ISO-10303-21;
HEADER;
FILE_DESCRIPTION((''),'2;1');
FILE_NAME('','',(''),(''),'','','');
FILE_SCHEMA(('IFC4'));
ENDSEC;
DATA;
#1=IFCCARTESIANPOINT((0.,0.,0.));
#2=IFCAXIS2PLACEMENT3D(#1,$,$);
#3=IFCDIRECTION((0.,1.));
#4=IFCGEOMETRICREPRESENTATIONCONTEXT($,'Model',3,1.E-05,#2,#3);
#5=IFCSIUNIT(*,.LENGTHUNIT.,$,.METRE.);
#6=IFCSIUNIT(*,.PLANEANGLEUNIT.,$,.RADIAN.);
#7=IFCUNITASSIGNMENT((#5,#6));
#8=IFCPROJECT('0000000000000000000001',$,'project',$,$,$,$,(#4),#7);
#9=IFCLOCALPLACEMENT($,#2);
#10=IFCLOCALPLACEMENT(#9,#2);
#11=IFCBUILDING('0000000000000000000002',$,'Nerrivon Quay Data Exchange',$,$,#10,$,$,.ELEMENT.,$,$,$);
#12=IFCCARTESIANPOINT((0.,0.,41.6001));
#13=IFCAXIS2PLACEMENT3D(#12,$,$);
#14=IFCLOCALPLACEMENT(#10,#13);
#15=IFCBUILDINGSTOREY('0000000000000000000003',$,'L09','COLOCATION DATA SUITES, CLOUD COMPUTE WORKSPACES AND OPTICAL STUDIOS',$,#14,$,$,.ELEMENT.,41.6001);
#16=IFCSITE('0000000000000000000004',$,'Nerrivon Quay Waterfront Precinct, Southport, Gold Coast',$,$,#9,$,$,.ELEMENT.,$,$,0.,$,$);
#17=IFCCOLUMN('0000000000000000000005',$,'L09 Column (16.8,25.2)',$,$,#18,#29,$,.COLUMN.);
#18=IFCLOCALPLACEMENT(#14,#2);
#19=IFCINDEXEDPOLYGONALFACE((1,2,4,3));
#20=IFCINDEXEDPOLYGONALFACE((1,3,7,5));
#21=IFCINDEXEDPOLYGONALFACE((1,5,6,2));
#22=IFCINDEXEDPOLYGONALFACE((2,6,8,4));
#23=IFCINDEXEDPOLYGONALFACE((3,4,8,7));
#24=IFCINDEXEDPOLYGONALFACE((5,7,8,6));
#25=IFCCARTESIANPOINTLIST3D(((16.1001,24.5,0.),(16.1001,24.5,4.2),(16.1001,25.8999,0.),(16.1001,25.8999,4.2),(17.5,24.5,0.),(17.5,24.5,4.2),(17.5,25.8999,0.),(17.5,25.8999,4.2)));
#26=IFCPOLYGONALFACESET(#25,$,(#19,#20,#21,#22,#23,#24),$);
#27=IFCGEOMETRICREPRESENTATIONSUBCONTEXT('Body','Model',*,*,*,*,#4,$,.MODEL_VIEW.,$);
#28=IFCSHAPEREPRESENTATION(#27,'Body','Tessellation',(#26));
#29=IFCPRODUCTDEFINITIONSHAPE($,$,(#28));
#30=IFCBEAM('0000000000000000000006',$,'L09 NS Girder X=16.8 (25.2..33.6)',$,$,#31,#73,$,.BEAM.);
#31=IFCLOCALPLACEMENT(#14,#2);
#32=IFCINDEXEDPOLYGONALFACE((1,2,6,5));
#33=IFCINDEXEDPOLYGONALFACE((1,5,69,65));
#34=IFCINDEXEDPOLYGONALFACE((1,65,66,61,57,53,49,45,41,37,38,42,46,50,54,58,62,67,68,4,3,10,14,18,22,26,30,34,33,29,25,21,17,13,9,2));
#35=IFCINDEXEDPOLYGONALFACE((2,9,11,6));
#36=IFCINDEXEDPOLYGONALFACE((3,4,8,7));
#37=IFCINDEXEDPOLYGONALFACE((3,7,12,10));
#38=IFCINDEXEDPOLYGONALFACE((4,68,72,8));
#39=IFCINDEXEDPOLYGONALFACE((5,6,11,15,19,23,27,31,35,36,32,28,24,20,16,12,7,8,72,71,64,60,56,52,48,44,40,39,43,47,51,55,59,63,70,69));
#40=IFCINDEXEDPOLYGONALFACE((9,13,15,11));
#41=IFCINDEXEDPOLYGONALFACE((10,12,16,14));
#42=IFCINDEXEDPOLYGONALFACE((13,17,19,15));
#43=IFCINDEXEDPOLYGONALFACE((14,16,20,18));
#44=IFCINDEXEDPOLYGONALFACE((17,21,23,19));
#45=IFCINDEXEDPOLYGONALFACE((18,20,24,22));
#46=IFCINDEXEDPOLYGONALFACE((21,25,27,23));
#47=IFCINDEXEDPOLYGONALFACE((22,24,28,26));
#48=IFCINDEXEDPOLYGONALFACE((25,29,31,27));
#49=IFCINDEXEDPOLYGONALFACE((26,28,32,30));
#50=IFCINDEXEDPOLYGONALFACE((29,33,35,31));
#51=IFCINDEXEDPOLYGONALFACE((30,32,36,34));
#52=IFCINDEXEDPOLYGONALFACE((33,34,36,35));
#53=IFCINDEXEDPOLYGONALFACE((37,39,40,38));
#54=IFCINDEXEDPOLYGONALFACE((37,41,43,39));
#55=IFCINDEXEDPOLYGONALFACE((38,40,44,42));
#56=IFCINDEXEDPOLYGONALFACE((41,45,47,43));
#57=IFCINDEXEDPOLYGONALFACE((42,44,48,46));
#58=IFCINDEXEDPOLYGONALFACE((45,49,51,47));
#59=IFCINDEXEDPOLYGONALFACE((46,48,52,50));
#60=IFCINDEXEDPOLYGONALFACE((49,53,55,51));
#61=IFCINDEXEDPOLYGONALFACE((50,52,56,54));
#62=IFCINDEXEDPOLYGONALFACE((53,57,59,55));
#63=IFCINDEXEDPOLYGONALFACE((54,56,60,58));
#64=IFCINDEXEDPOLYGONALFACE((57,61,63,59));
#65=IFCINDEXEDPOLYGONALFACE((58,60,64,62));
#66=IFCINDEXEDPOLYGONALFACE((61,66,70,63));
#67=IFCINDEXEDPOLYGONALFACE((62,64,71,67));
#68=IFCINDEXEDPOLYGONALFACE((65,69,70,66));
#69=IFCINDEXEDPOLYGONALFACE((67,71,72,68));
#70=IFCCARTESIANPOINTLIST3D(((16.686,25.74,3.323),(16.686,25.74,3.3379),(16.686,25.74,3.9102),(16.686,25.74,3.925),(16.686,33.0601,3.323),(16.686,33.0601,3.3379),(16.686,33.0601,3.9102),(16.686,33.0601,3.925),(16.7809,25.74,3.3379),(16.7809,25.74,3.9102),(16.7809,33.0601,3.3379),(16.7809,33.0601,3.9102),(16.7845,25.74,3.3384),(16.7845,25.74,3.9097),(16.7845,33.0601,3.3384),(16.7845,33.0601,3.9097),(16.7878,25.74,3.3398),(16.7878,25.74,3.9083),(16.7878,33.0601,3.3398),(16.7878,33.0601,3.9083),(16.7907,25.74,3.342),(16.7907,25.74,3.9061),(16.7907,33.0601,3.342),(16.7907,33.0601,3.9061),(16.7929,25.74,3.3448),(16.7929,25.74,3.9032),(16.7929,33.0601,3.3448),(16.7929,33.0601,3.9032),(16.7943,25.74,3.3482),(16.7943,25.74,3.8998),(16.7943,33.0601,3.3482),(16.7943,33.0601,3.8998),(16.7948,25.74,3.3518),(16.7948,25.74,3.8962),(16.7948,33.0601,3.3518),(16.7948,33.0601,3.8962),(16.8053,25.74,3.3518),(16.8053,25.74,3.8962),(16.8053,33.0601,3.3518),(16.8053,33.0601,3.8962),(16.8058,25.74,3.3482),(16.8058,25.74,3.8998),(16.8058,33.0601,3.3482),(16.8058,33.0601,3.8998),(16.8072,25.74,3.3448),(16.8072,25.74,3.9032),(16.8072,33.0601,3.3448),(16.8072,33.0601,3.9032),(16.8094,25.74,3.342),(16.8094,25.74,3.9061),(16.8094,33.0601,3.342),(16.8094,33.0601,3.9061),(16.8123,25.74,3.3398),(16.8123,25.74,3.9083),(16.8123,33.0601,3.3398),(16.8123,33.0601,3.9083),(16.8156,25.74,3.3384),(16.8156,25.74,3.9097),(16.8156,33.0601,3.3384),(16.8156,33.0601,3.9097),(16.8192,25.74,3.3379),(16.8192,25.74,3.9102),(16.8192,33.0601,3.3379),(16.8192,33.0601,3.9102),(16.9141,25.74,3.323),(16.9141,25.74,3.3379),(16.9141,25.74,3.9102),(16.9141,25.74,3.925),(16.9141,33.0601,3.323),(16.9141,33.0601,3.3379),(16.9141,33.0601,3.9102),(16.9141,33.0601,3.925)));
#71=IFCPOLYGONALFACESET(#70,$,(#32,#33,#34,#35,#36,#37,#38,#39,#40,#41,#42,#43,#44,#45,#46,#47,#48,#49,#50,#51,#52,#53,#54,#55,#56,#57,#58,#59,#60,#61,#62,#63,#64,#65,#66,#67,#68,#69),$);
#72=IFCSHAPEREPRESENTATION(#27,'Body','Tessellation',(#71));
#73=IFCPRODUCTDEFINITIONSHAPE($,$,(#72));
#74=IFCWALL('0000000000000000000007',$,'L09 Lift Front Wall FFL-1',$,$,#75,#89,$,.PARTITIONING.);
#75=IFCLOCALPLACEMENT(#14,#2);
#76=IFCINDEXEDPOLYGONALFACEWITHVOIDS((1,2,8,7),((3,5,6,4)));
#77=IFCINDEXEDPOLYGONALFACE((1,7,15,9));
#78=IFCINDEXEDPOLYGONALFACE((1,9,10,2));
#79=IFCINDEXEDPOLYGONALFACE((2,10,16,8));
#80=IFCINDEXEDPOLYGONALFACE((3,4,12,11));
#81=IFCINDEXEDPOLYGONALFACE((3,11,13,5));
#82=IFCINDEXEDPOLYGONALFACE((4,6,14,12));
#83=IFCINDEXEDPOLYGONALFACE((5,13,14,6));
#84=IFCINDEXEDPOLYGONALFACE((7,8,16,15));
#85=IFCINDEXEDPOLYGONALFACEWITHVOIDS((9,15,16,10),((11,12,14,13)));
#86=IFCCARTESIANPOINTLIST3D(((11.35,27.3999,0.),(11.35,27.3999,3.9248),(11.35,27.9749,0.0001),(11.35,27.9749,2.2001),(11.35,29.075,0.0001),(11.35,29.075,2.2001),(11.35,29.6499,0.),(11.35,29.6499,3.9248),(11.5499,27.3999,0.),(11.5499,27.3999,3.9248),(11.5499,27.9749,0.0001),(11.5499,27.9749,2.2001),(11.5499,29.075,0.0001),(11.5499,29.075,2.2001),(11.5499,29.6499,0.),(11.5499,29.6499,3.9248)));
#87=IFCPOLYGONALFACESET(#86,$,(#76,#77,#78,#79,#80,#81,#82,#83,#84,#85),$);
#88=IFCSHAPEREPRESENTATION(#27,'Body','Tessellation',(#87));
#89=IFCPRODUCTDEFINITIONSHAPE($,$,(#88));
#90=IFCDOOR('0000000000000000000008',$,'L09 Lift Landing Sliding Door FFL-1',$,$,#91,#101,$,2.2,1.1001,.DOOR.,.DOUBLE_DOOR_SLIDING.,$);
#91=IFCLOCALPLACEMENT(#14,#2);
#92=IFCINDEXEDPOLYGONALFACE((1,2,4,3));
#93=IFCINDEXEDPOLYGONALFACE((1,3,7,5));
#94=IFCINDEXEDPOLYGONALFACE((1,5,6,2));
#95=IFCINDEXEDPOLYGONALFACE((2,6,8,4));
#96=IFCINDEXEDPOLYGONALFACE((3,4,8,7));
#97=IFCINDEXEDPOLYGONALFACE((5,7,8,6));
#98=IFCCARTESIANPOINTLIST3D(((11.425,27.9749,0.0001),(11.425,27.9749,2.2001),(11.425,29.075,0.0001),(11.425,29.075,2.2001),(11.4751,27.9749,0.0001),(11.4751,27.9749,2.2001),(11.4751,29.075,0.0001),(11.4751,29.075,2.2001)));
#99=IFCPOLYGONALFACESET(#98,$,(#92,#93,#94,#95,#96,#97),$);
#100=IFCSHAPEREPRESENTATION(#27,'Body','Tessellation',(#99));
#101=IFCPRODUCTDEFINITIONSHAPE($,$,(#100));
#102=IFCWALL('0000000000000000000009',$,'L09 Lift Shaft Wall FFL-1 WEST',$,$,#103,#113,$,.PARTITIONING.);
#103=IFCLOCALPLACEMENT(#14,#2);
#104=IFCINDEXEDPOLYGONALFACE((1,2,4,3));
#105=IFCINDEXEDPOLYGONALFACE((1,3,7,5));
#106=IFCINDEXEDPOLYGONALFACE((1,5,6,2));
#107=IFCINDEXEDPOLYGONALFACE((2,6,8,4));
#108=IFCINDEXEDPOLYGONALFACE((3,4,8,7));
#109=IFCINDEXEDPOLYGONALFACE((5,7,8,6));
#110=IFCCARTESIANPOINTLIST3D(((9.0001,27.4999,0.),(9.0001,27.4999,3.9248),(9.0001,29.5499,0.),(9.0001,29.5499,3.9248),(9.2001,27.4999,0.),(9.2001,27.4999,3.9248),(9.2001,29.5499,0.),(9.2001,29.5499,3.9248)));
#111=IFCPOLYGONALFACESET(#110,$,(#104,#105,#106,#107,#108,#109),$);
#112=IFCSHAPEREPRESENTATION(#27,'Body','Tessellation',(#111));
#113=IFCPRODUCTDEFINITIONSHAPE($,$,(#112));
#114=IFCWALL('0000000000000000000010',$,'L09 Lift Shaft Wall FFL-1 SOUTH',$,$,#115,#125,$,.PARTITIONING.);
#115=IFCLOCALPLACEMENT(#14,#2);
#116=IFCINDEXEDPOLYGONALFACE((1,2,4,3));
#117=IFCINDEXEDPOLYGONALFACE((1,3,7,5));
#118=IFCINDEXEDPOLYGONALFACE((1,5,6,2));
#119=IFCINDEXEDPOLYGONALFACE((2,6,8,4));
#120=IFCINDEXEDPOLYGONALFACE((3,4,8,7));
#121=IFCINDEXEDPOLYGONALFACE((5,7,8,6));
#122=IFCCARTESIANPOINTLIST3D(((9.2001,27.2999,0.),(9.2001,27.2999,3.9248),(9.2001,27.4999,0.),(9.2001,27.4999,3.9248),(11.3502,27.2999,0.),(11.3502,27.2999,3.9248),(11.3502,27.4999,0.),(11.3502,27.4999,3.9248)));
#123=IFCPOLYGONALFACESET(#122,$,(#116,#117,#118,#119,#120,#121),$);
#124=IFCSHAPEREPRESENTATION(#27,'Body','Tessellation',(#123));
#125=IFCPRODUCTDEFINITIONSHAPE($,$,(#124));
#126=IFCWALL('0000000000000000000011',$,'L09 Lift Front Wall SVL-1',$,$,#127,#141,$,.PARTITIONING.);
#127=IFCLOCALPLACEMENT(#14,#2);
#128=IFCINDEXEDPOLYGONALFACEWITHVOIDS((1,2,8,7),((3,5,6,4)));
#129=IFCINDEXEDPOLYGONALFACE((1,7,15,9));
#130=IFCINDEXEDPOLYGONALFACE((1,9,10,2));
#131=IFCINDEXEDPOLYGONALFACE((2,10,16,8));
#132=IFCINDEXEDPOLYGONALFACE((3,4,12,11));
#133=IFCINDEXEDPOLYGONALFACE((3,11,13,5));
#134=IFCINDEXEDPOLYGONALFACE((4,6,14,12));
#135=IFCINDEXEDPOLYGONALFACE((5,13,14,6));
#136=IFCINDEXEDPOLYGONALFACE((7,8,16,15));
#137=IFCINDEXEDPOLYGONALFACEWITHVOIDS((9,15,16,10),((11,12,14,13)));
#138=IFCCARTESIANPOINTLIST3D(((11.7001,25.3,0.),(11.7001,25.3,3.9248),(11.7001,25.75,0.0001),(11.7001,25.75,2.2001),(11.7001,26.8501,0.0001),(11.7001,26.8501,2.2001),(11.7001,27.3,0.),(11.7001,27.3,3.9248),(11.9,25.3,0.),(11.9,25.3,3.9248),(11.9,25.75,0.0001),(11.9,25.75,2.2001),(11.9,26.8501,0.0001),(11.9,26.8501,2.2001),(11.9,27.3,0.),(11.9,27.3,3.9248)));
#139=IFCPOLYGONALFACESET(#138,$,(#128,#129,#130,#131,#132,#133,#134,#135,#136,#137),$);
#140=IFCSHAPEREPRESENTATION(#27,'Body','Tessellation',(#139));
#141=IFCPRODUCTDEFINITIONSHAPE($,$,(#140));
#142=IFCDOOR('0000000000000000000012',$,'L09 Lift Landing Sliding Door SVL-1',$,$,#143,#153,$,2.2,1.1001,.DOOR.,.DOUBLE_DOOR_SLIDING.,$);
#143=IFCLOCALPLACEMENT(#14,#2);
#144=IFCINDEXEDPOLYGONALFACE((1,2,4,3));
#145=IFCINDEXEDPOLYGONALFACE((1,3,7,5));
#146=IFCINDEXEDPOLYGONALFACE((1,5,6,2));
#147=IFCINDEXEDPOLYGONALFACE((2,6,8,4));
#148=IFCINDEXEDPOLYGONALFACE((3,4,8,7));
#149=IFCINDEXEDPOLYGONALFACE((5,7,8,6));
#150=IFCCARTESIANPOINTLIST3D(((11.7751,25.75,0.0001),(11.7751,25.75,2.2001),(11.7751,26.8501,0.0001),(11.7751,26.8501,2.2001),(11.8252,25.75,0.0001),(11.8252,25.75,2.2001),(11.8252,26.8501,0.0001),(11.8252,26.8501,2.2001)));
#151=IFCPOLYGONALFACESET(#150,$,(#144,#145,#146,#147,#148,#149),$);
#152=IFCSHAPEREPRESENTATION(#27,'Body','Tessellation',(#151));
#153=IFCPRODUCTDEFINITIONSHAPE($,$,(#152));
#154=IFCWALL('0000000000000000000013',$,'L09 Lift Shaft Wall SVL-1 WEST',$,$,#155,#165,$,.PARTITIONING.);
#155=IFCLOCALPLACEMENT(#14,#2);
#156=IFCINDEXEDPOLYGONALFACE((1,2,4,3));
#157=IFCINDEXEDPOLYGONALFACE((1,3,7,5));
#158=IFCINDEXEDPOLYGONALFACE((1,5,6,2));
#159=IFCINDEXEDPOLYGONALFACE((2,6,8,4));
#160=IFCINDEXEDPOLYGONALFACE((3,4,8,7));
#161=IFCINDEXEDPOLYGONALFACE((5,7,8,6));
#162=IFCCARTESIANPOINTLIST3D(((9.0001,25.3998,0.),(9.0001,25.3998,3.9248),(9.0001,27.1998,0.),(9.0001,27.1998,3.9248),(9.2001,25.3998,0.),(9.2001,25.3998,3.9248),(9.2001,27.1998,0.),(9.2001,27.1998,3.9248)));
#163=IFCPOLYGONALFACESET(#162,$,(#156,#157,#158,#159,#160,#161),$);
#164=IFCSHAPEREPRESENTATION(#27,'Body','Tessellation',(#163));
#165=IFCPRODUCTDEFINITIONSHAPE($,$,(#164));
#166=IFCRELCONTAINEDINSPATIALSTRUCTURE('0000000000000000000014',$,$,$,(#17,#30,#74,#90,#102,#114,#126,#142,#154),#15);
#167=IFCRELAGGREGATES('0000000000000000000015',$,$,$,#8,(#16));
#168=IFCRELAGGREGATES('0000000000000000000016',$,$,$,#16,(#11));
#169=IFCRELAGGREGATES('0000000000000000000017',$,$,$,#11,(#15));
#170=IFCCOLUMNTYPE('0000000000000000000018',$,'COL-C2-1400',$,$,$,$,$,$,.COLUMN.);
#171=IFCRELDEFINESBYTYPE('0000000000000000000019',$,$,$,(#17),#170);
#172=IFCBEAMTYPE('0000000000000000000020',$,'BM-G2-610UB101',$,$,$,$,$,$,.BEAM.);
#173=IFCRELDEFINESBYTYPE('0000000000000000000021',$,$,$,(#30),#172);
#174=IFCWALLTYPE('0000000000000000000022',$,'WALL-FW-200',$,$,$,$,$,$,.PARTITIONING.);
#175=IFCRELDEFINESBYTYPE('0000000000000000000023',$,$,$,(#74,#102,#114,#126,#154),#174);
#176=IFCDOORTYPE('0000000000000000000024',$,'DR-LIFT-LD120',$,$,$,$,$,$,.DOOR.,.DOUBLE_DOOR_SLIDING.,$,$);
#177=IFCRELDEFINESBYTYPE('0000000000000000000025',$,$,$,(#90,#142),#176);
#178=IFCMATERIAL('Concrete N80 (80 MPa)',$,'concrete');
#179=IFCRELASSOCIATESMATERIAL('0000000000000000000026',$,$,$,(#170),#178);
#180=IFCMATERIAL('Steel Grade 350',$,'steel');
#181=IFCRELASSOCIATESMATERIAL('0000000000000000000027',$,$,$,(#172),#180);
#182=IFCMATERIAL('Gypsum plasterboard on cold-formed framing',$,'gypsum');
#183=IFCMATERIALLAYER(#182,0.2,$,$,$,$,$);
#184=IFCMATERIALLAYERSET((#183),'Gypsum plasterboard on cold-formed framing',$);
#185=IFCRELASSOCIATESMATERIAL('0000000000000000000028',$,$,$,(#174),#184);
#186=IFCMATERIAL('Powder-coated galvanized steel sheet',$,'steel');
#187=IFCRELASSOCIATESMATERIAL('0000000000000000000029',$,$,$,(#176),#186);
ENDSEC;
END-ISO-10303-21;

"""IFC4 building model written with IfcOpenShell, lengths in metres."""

from ifc_helpers import new_model, si_unit, direction, frame, frame_2d, origin, origin_2d, place, context, subcontext, project, spatial, rectangle, i_section, extrude, material, layer, layer_set, material_profile, profile_set, type_object, element, fill, save


model = new_model("IFC4")

# Units and contexts
model_context = context("Model", 3, precision=1e-05, world=origin(), true_north=direction((0.0, 1.0)))
body_context = subcontext(model_context, "Body", "Model", "MODEL_VIEW")
ifc_project = project(units=[si_unit("LENGTHUNIT", "METRE"), si_unit("PLANEANGLEUNIT", "RADIAN")], contexts=[model_context])

# Site, building, storey
site_placement = place(None, origin())
site = spatial("IfcSite", under=ifc_project, at=site_placement, Name="Nerrivon Quay Waterfront Precinct, Southport, Gold Coast", CompositionType="ELEMENT", RefElevation=0.0)
building_placement = place(site_placement, origin())
building = spatial("IfcBuilding", under=site, at=building_placement, Name="Nerrivon Quay Data Exchange", CompositionType="ELEMENT")
storey_placement = place(building_placement, frame((0.0, 0.0, 41.6001)))
storey = spatial("IfcBuildingStorey", under=building, at=storey_placement, Name="L09", Description="COLOCATION DATA SUITES, CLOUD COMPUTE WORKSPACES AND OPTICAL STUDIOS", CompositionType="ELEMENT", Elevation=41.6001)

# Column
ifc_material_1 = material(Name="Concrete N80 (80 MPa)", Category="concrete")
ifc_material_profile_1 = material_profile(ifc_material_1, rectangle(XDim=1.3999, YDim=1.3999, at=origin_2d()), Name="RC-COL-1400x1400")
ifc_profile_set_1 = profile_set([ifc_material_profile_1], Name="Concrete N80 (80 MPa)")
column_type = type_object("IfcColumnType", Name="COL-C2-1400", PredefinedType="COLUMN", material=ifc_profile_set_1)
column_placement = place(storey_placement, frame((16.8, 25.2, 0.0), z_axis=(0.0, 0.0, 1.0), x_axis=(1.0, 0.0, 0.0)))
element("IfcColumn", 1, at=column_placement, inside=storey, type_object=column_type, Name="L09 Column (16.8,25.2)", PredefinedType="COLUMN", context=body_context, shape_type="SweptSolid", body=[
    extrude(rectangle(XDim=1.3999, YDim=1.3999, at=origin_2d()), origin(), (0.0, 0.0, 1.0), 4.2),
])

# Beam
ifc_material_2 = material(Name="Steel Grade 350", Category="steel")
ifc_material_profile_2 = material_profile(ifc_material_2, i_section(OverallWidth=0.228, OverallDepth=0.6021, WebThickness=0.0105, FlangeThickness=0.0149, FilletRadius=0.0139, at=origin_2d()), Name="610UB101")
ifc_profile_set_2 = profile_set([ifc_material_profile_2], Name="Steel Grade 350")
beam_type = type_object("IfcBeamType", Name="BM-G2-610UB101", PredefinedType="BEAM", material=ifc_profile_set_2)
beam_placement = place(storey_placement, frame((16.8, 25.74, 3.624), z_axis=(0.0, 1.0, 0.0), x_axis=(-1.0, 0.0, 0.0)))
element("IfcBeam", 2, at=beam_placement, inside=storey, type_object=beam_type, Name="L09 NS Girder X=16.8 (25.2..33.6)", PredefinedType="BEAM", context=body_context, shape_type="SweptSolid", body=[
    extrude(i_section(OverallWidth=0.228, OverallDepth=0.6021, WebThickness=0.0105, FlangeThickness=0.0149, FilletRadius=0.0139, at=origin_2d()), origin(), (0.0, 0.0, 1.0), 7.3201),
])

# Wall, opening, door
ifc_material_3 = material(Name="Powder-coated galvanized steel sheet", Category="steel")
ifc_material_4 = material(Name="Gypsum plasterboard on cold-formed framing", Category="gypsum")
ifc_layer_1 = layer(ifc_material_4, 0.2)
ifc_layer_set_1 = layer_set([ifc_layer_1], Name="Gypsum plasterboard on cold-formed framing")
wall_type_1 = type_object("IfcWallType", Name="WALL-FW-200", PredefinedType="PARTITIONING", material=ifc_layer_set_1)
wall_1_placement = place(storey_placement, frame((11.45, 27.3999, 0.0), z_axis=(0.0, 0.0, 1.0), x_axis=(0.0, 1.0, 0.0)))
wall_1 = element("IfcWall", 3, at=wall_1_placement, inside=storey, type_object=wall_type_1, Name="L09 Lift Front Wall FFL-1", PredefinedType="PARTITIONING", context=body_context, shape_type="SweptSolid", body=[
    extrude(rectangle(XDim=2.25, YDim=0.2, at=frame_2d((1.125, 0.0))), origin(), (0.0, 0.0, 1.0), 3.9248),
])
opening_1_placement = place(wall_1_placement, frame((0.575, 0.0, 0.0)))
opening_1 = element("IfcOpeningElement", 4, at=opening_1_placement, cuts=wall_1, PredefinedType="OPENING", context=body_context, shape_type="SweptSolid", body=[
    extrude(rectangle(XDim=1.1001, YDim=2.2, at=frame_2d((0.55, 1.1001))), frame((0.0, 0.1099, 0.0), z_axis=(0.0, -1.0, 0.0), x_axis=(1.0, 0.0, 0.0)), (0.0, 0.0, 1.0), 0.22),
])
door_type_1 = type_object("IfcDoorType", Name="DR-LIFT-LD120", OperationType="DOUBLE_DOOR_SLIDING", PredefinedType="DOOR", material=ifc_material_3)
door_1_placement = place(opening_1_placement, origin())
door_1 = element("IfcDoor", 5, at=door_1_placement, inside=storey, type_object=door_type_1, Name="L09 Lift Landing Sliding Door FFL-1", OperationType="DOUBLE_DOOR_SLIDING", OverallHeight=2.2, OverallWidth=1.1001, PredefinedType="DOOR", context=body_context, shape_type="SweptSolid", body=[
    extrude(rectangle(XDim=1.1001, YDim=2.2, at=frame_2d((0.55, 1.1001))), frame((0.0, 0.0249, 0.0), z_axis=(0.0, -1.0, 0.0), x_axis=(1.0, 0.0, 0.0)), (0.0, 0.0, 1.0), 0.05),
])
fill(opening_1, door_1)

# Walls
wall_2_placement = place(storey_placement, frame((9.1001, 27.5, 0.0), z_axis=(0.0, 0.0, 1.0), x_axis=(0.0, 1.0, 0.0)))
element("IfcWall", 6, at=wall_2_placement, inside=storey, type_object=wall_type_1, Name="L09 Lift Shaft Wall FFL-1 WEST", PredefinedType="PARTITIONING", context=body_context, shape_type="SweptSolid", body=[
    extrude(rectangle(XDim=2.05, YDim=0.2, at=frame_2d((1.0249, 0.0))), origin(), (0.0, 0.0, 1.0), 3.9248),
])
wall_3_placement = place(storey_placement, frame((9.2, 27.3999, 0.0), z_axis=(0.0, 0.0, 1.0), x_axis=(1.0, 0.0, 0.0)))
element("IfcWall", 7, at=wall_3_placement, inside=storey, type_object=wall_type_1, Name="L09 Lift Shaft Wall FFL-1 SOUTH", PredefinedType="PARTITIONING", context=body_context, shape_type="SweptSolid", body=[
    extrude(rectangle(XDim=2.1501, YDim=0.2, at=frame_2d((1.0752, 0.0))), origin(), (0.0, 0.0, 1.0), 3.9248),
])

# Wall, opening, door
wall_4_placement = place(storey_placement, frame((11.8, 25.3, 0.0), z_axis=(0.0, 0.0, 1.0), x_axis=(0.0, 1.0, 0.0)))
wall_4 = element("IfcWall", 8, at=wall_4_placement, inside=storey, type_object=wall_type_1, Name="L09 Lift Front Wall SVL-1", PredefinedType="PARTITIONING", context=body_context, shape_type="SweptSolid", body=[
    extrude(rectangle(XDim=2.0, YDim=0.2, at=frame_2d((1.0, 0.0))), origin(), (0.0, 0.0, 1.0), 3.9248),
])
opening_2_placement = place(wall_4_placement, frame((0.45, 0.0, 0.0)))
opening_2 = element("IfcOpeningElement", 9, at=opening_2_placement, cuts=wall_4, PredefinedType="OPENING", context=body_context, shape_type="SweptSolid", body=[
    extrude(rectangle(XDim=1.1001, YDim=2.2, at=frame_2d((0.55, 1.1001))), frame((0.0, 0.1099, 0.0), z_axis=(0.0, -1.0, 0.0), x_axis=(1.0, 0.0, 0.0)), (0.0, 0.0, 1.0), 0.22),
])
door_2_placement = place(opening_2_placement, origin())
door_2 = element("IfcDoor", 10, at=door_2_placement, inside=storey, type_object=door_type_1, Name="L09 Lift Landing Sliding Door SVL-1", OperationType="DOUBLE_DOOR_SLIDING", OverallHeight=2.2, OverallWidth=1.1001, PredefinedType="DOOR", context=body_context, shape_type="SweptSolid", body=[
    extrude(rectangle(XDim=1.1001, YDim=2.2, at=frame_2d((0.55, 1.1001))), frame((0.0, 0.0249, 0.0), z_axis=(0.0, -1.0, 0.0), x_axis=(1.0, 0.0, 0.0)), (0.0, 0.0, 1.0), 0.05),
])
fill(opening_2, door_2)

# Wall
wall_5_placement = place(storey_placement, frame((9.1001, 25.3999, 0.0), z_axis=(0.0, 0.0, 1.0), x_axis=(0.0, 1.0, 0.0)))
element("IfcWall", 11, at=wall_5_placement, inside=storey, type_object=wall_type_1, Name="L09 Lift Shaft Wall SVL-1 WEST", PredefinedType="PARTITIONING", context=body_context, shape_type="SweptSolid", body=[
    extrude(rectangle(XDim=1.8, YDim=0.2, at=frame_2d((0.8999, 0.0))), origin(), (0.0, 0.0, 1.0), 3.9248),
])

save(model, "model.ifc")
